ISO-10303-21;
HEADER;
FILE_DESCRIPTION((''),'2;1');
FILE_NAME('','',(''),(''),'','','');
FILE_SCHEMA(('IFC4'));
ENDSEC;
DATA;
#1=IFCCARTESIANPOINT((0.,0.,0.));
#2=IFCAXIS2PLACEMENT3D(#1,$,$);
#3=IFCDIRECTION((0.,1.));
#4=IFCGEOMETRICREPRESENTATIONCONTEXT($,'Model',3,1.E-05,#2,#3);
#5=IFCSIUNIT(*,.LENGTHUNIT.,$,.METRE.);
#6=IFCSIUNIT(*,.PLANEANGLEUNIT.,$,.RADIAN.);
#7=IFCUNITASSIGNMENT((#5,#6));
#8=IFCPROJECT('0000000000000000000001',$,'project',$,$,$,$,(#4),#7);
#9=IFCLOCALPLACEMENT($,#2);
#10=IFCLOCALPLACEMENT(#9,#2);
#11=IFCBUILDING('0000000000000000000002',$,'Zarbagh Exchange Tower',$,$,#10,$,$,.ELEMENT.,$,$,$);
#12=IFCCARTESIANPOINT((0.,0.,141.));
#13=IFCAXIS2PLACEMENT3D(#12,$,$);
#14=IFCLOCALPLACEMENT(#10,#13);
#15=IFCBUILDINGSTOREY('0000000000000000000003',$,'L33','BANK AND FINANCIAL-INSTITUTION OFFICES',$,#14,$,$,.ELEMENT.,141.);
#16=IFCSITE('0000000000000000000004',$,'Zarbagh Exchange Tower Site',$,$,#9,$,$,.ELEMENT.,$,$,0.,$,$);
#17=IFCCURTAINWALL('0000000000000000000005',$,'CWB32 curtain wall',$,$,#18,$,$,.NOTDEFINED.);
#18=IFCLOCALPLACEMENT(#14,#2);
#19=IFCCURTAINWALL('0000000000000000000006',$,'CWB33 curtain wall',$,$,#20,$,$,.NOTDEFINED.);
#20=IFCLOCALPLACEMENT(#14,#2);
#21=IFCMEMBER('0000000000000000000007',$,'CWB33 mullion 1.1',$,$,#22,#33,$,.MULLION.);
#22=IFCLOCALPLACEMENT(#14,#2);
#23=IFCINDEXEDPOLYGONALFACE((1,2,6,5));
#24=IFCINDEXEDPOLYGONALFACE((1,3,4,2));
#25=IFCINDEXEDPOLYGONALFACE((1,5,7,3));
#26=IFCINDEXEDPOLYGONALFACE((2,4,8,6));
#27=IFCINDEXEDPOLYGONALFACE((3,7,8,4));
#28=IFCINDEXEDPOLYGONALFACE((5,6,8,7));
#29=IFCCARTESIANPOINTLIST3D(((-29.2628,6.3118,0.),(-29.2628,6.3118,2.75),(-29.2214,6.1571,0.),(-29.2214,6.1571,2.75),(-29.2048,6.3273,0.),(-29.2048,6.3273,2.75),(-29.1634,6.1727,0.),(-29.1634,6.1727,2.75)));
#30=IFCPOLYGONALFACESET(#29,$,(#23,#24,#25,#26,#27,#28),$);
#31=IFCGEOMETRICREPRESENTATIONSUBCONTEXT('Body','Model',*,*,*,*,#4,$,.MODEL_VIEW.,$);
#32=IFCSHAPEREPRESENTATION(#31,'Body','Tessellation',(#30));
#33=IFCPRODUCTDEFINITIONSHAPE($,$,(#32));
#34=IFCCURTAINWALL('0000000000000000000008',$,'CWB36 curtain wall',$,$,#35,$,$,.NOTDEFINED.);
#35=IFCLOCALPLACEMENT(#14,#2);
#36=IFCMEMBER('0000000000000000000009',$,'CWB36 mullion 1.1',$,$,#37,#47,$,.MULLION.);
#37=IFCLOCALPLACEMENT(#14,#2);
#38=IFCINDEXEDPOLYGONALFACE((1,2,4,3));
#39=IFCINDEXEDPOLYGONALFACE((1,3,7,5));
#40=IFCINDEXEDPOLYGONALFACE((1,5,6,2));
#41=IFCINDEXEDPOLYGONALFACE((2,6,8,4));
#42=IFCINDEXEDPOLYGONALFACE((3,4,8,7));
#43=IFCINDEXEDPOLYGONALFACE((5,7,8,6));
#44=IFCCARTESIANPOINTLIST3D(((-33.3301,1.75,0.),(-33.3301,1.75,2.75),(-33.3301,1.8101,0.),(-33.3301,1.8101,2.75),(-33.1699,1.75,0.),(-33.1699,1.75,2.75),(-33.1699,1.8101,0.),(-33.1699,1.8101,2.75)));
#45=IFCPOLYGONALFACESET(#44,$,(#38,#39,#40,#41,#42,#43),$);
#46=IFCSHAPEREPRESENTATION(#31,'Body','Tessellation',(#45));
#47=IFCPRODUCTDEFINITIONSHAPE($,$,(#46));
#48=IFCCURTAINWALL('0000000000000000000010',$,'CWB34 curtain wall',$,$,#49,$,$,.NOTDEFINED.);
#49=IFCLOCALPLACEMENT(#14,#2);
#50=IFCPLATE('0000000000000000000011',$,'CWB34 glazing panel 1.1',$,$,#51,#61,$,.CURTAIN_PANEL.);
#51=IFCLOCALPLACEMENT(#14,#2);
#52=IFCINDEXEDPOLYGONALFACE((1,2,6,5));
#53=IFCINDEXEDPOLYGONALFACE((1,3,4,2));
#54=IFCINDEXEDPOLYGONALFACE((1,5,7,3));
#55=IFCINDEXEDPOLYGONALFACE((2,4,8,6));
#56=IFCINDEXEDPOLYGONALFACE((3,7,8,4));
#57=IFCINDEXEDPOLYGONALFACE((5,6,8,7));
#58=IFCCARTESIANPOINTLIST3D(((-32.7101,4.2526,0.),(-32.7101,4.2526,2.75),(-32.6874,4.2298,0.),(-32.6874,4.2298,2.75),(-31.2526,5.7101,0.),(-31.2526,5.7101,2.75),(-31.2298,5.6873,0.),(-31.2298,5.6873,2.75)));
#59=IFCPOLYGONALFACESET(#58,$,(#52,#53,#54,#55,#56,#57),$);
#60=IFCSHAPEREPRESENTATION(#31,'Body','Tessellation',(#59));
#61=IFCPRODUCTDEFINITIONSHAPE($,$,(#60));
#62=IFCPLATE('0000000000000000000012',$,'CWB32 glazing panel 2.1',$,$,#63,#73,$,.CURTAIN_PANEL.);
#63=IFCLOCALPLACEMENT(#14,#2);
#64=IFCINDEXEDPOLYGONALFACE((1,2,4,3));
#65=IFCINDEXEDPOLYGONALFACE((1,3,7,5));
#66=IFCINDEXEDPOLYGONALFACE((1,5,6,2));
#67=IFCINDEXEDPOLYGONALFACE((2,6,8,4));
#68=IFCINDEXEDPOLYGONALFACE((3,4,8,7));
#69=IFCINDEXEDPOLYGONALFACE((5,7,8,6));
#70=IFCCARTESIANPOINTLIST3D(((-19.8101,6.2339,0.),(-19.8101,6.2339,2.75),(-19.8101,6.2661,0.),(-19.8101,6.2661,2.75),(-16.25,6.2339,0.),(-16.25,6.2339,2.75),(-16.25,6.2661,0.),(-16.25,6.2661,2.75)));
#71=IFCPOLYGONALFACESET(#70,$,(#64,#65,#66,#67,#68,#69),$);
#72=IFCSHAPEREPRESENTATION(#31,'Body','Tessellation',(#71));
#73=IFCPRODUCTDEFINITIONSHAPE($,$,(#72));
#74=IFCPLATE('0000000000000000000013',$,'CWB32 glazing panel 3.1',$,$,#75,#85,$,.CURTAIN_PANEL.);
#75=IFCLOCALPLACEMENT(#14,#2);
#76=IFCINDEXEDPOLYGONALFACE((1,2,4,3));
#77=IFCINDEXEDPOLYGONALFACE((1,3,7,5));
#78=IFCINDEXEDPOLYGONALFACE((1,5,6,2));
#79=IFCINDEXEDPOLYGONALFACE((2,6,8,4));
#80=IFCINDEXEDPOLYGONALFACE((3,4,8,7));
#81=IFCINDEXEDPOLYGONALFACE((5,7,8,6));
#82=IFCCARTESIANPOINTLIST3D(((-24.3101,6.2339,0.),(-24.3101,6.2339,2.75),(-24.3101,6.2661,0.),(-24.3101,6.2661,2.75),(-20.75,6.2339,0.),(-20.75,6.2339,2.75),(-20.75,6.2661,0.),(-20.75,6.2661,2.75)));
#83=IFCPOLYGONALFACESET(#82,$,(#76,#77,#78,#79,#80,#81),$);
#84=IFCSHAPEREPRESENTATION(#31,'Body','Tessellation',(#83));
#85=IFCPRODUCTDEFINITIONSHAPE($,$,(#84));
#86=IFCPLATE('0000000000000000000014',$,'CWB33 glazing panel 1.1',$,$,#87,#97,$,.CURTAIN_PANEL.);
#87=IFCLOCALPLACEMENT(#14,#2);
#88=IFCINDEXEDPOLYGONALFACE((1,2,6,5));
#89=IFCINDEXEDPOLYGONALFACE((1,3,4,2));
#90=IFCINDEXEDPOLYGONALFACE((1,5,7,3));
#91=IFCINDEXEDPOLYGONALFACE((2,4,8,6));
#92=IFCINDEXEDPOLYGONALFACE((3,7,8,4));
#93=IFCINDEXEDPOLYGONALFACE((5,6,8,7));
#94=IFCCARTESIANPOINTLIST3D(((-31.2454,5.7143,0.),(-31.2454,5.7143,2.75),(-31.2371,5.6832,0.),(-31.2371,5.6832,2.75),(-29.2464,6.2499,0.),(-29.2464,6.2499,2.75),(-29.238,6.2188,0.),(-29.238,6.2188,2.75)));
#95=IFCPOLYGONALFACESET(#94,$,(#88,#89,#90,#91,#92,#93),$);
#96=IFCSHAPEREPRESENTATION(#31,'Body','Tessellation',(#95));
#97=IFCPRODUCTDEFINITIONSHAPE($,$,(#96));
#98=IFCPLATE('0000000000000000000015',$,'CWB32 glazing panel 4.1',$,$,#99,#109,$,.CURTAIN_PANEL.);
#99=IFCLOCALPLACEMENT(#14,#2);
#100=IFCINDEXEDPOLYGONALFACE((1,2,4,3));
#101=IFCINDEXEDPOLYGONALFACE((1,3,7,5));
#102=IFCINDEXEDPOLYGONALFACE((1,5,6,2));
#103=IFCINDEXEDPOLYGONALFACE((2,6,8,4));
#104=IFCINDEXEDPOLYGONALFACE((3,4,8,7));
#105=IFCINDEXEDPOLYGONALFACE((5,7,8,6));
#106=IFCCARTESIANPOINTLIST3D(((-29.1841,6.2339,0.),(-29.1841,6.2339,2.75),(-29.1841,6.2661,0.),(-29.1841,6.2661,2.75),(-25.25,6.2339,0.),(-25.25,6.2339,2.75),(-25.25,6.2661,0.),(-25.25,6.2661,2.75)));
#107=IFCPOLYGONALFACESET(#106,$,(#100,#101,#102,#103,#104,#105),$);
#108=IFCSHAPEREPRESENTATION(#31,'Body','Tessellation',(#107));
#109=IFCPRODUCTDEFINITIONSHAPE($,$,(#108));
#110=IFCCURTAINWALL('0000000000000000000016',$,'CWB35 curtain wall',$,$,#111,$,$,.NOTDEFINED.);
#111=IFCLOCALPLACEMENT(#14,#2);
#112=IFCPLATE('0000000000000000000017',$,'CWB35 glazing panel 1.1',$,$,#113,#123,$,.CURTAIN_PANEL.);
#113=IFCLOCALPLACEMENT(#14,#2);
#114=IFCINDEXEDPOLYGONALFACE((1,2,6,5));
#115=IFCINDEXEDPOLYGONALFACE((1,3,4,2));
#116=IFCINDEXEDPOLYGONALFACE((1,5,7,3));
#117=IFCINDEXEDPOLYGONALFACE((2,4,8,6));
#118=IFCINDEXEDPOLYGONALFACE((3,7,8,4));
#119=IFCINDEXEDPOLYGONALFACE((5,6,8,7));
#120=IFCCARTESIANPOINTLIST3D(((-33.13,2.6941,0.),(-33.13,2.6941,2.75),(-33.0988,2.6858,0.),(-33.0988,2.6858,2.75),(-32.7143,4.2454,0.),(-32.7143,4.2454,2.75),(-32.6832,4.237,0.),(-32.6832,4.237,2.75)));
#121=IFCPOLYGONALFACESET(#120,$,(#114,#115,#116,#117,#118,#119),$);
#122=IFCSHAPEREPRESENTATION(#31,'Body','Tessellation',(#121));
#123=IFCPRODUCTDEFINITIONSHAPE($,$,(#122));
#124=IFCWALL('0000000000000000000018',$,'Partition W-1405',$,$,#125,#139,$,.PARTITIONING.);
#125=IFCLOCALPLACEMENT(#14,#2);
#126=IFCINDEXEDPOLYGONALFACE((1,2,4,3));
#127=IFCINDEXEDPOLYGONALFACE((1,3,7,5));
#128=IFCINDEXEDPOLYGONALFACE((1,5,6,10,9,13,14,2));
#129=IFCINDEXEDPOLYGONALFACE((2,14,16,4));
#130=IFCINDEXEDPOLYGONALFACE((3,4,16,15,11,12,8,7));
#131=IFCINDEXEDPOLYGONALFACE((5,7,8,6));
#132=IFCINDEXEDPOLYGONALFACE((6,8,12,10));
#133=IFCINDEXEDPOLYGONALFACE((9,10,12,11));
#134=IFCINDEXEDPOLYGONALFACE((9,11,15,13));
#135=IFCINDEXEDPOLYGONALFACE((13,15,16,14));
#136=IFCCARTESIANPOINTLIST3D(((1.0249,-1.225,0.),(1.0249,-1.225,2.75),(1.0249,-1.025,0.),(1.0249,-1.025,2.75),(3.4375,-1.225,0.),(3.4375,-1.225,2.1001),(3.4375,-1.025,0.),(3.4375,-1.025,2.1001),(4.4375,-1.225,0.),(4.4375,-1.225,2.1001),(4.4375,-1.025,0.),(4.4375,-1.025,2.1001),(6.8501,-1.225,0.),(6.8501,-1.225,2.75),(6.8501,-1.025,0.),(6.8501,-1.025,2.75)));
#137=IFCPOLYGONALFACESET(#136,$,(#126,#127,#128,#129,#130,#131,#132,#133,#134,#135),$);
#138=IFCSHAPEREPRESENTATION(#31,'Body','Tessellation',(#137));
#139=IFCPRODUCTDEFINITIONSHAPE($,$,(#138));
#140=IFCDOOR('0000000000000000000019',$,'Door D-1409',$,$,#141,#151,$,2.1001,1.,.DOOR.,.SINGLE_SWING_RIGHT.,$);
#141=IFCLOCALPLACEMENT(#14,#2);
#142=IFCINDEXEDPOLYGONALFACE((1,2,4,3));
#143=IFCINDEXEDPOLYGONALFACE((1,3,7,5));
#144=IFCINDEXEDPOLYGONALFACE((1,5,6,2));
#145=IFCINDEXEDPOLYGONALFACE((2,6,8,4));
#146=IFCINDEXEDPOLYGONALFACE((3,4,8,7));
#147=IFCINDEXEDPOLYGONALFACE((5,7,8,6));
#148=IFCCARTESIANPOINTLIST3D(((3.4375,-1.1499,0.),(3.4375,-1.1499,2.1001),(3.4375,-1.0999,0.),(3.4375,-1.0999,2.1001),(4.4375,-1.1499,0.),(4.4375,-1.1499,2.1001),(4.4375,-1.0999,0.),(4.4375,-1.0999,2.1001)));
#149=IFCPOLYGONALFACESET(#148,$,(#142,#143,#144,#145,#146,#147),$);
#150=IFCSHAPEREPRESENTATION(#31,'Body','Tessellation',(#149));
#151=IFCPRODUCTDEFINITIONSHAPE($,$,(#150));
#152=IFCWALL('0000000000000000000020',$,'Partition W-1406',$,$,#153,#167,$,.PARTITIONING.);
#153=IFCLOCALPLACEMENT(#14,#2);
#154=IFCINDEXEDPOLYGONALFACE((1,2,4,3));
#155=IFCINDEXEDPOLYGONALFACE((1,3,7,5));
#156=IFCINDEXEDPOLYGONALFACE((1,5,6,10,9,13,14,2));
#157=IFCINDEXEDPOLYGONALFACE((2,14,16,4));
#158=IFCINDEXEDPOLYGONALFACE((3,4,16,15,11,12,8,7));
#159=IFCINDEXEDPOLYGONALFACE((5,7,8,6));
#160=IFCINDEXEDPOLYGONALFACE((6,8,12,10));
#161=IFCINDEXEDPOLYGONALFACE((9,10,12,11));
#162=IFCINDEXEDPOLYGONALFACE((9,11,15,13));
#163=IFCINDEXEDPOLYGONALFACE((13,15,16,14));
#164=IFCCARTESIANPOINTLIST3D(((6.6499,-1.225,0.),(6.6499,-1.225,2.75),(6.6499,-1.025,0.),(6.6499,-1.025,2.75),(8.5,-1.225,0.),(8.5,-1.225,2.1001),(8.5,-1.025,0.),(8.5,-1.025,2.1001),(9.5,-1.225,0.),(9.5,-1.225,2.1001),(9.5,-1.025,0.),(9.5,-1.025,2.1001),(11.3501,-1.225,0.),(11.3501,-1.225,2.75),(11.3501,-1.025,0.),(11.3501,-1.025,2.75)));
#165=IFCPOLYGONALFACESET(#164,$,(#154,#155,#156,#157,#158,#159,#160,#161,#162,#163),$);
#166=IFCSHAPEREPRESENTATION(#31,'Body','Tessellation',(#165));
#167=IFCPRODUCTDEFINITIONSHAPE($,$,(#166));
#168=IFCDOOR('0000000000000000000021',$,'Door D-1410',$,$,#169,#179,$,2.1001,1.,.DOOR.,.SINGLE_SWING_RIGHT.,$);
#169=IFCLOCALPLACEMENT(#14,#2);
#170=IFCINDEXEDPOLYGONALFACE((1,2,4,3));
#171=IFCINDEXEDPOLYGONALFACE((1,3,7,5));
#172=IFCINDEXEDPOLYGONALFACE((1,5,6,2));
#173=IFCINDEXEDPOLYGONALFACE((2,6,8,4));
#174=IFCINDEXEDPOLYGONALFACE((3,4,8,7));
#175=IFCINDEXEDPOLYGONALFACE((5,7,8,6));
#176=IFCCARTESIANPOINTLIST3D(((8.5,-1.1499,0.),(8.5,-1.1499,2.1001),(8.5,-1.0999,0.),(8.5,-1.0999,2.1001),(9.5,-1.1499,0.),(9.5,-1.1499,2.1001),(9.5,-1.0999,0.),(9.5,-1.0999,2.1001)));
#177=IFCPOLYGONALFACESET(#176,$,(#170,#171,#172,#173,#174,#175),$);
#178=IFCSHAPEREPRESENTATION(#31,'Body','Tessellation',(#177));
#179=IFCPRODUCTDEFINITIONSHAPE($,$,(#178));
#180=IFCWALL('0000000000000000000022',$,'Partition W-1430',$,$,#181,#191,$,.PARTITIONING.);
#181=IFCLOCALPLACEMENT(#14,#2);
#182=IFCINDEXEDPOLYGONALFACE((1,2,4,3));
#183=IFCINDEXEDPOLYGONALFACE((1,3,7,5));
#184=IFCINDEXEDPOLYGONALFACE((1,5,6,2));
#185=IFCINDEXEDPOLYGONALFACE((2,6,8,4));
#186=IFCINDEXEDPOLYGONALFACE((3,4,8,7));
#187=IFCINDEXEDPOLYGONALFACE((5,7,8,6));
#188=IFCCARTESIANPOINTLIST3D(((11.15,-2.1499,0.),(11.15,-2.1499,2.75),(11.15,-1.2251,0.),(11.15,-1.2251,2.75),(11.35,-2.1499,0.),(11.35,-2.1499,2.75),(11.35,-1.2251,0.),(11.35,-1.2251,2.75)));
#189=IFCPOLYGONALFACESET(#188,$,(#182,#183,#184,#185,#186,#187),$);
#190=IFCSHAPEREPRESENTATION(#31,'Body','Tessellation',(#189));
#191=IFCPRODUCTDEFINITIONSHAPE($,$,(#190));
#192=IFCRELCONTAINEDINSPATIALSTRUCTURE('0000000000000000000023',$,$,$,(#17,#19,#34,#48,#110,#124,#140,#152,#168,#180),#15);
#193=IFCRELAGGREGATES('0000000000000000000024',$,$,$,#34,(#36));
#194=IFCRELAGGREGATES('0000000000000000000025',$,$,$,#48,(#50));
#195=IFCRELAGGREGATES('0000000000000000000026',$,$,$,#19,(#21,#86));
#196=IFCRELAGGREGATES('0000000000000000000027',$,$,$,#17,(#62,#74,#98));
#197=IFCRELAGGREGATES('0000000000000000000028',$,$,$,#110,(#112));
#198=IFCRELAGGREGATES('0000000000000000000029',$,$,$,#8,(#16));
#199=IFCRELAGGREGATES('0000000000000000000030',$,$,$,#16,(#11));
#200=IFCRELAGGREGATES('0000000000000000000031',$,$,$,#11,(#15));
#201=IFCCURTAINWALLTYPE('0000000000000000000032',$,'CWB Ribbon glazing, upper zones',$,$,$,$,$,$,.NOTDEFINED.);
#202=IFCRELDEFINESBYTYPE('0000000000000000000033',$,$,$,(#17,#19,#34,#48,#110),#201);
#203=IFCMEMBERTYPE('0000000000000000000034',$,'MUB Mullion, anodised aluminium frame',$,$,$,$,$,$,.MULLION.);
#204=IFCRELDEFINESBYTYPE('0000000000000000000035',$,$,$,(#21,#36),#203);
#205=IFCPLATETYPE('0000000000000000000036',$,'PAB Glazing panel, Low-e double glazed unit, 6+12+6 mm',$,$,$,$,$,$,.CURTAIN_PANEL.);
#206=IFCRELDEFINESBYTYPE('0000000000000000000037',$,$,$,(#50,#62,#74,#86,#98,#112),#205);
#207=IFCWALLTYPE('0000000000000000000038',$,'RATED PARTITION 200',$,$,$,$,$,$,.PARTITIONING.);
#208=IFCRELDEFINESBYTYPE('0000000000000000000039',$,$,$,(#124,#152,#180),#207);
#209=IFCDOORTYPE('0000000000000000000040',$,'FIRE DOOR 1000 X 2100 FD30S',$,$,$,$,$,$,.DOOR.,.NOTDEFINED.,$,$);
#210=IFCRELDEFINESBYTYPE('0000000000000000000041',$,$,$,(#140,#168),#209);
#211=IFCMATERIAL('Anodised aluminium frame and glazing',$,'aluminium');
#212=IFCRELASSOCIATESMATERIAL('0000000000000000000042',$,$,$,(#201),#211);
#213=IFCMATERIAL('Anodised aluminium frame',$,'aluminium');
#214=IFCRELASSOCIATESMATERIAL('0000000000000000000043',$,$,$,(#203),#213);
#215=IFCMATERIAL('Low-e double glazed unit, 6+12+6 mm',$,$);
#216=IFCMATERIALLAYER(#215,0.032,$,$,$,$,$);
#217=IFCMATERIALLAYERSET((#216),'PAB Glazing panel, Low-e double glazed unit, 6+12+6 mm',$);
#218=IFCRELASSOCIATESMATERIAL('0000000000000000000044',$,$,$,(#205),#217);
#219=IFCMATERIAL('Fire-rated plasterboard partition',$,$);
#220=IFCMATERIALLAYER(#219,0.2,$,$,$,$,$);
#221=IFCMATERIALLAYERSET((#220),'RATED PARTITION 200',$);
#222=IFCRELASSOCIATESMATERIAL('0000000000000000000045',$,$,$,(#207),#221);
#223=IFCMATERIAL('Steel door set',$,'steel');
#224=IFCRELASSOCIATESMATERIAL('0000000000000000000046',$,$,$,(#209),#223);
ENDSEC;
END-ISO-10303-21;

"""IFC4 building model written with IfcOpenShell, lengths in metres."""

from ifc_helpers import new_model, si_unit, direction, frame, frame_2d, origin, place, context, subcontext, project, spatial, polyline, rectangle, outline, extrude, source, transform, mapped, material, layer, layer_set, type_object, element, fill, aggregate, save


model = new_model("IFC4")

# Units and contexts
model_context = context("Model", 3, precision=1e-05, world=origin(), true_north=direction((0.0, 1.0)))
body_context = subcontext(model_context, "Body", "Model", "MODEL_VIEW")
ifc_project = project(units=[si_unit("LENGTHUNIT", "METRE"), si_unit("PLANEANGLEUNIT", "RADIAN")], contexts=[model_context])

# Site, building, storey
site_placement = place(None, origin())
site = spatial("IfcSite", under=ifc_project, at=site_placement, Name="Zarbagh Exchange Tower Site", CompositionType="ELEMENT", RefElevation=0.0)
building_placement = place(site_placement, origin())
building = spatial("IfcBuilding", under=site, at=building_placement, Name="Zarbagh Exchange Tower", CompositionType="ELEMENT")
storey_placement = place(building_placement, frame((0.0, 0.0, 141.0)))
storey = spatial("IfcBuildingStorey", under=building, at=storey_placement, Name="L33", Description="BANK AND FINANCIAL-INSTITUTION OFFICES", CompositionType="ELEMENT", Elevation=141.0)

# Curtain wall
ifc_material_1 = material(Name="Anodised aluminium frame and glazing", Category="aluminium")
curtain_wall_type = type_object("IfcCurtainWallType", Name="CWB Ribbon glazing, upper zones", PredefinedType="NOTDEFINED", material=ifc_material_1)
curtain_wall_1_placement = place(storey_placement, origin())
curtain_wall_1 = element("IfcCurtainWall", 1, at=curtain_wall_1_placement, inside=storey, type_object=curtain_wall_type, Name="CWB32 curtain wall", PredefinedType="NOTDEFINED")
ifc_material_2 = material(Name="Anodised aluminium frame", Category="aluminium")
member_type = type_object("IfcMemberType", Name="MUB Mullion, anodised aluminium frame", PredefinedType="MULLION", material=ifc_material_2)
shared_shape_1 = source(origin(), body_context, "Body", "SweptSolid", [
    extrude(outline(polyline([(0.0, -0.0801), (0.0601, -0.0801), (0.0601, 0.0801), (0.0, 0.0801), (0.0, -0.0801)])), origin(), (0.0, 0.0, 1.0), 2.75),
])
placement = place(storey_placement, origin())

# Curtain walls, members
curtain_wall_2_placement = place(storey_placement, origin())
curtain_wall_2 = element("IfcCurtainWall", 2, at=curtain_wall_2_placement, inside=storey, type_object=curtain_wall_type, Name="CWB33 curtain wall", PredefinedType="NOTDEFINED")
member_1 = element("IfcMember", 3, at=placement, type_object=member_type, Name="CWB33 mullion 1.1", PredefinedType="MULLION", context=body_context, shape_type="MappedRepresentation", body=[
    mapped(shared_shape_1, transform((-29.1841, 6.25, 0.0), x_axis=(-0.965924, -0.258825, 0.0), y_axis=(0.258825, -0.965924, 0.0), z_axis=(0.0, 0.0, 1.0))),
])
curtain_wall_3_placement = place(storey_placement, origin())
curtain_wall_3 = element("IfcCurtainWall", 4, at=curtain_wall_3_placement, inside=storey, type_object=curtain_wall_type, Name="CWB36 curtain wall", PredefinedType="NOTDEFINED")
member_2 = element("IfcMember", 5, at=placement, type_object=member_type, Name="CWB36 mullion 1.1", PredefinedType="MULLION", context=body_context, shape_type="MappedRepresentation", body=[
    mapped(shared_shape_1, transform((-33.25, 1.8101, 0.0), x_axis=(0.0, -1.0, 0.0), y_axis=(1.0, 0.0, 0.0), z_axis=(0.0, 0.0, 1.0))),
])
aggregate(curtain_wall_3, [member_2])

# Curtain wall, plate
curtain_wall_4_placement = place(storey_placement, origin())
curtain_wall_4 = element("IfcCurtainWall", 6, at=curtain_wall_4_placement, inside=storey, type_object=curtain_wall_type, Name="CWB34 curtain wall", PredefinedType="NOTDEFINED")
ifc_material_3 = material(Name="Low-e double glazed unit, 6+12+6 mm")
ifc_layer_1 = layer(ifc_material_3, 0.032)
ifc_layer_set_1 = layer_set([ifc_layer_1], Name="PAB Glazing panel, Low-e double glazed unit, 6+12+6 mm")
plate_type = type_object("IfcPlateType", Name="PAB Glazing panel, Low-e double glazed unit, 6+12+6 mm", PredefinedType="CURTAIN_PANEL", material=ifc_layer_set_1)
shared_shape_2 = source(origin(), body_context, "Body", "SweptSolid", [
    extrude(outline(polyline([(0.0, -0.0161), (2.0613, -0.0161), (2.0613, 0.0161), (0.0, 0.0161), (0.0, -0.0161)])), origin(), (0.0, 0.0, 1.0), 2.75),
])
plate_1 = element("IfcPlate", 7, at=placement, type_object=plate_type, Name="CWB34 glazing panel 1.1", PredefinedType="CURTAIN_PANEL", context=body_context, shape_type="MappedRepresentation", body=[
    mapped(shared_shape_2, transform((-31.2412, 5.6987, 0.0), x_axis=(-0.707107, -0.707107, 0.0), y_axis=(0.707107, -0.707107, 0.0), z_axis=(0.0, 0.0, 1.0))),
])
aggregate(curtain_wall_4, [plate_1])

# Plates
shared_shape_3 = source(origin(), body_context, "Body", "SweptSolid", [
    extrude(outline(polyline([(0.0, -0.0161), (3.5601, -0.0161), (3.5601, 0.0161), (0.0, 0.0161), (0.0, -0.0161)])), origin(), (0.0, 0.0, 1.0), 2.75),
])
plate_2 = element("IfcPlate", 8, at=placement, type_object=plate_type, Name="CWB32 glazing panel 2.1", PredefinedType="CURTAIN_PANEL", context=body_context, shape_type="MappedRepresentation", body=[
    mapped(shared_shape_3, transform((-16.25, 6.25, 0.0), x_axis=(-1.0, 0.0, 0.0), y_axis=(0.0, -1.0, 0.0), z_axis=(0.0, 0.0, 1.0))),
])
plate_3 = element("IfcPlate", 9, at=placement, type_object=plate_type, Name="CWB32 glazing panel 3.1", PredefinedType="CURTAIN_PANEL", context=body_context, shape_type="MappedRepresentation", body=[
    mapped(shared_shape_3, transform((-20.75, 6.25, 0.0), x_axis=(-1.0, 0.0, 0.0), y_axis=(0.0, -1.0, 0.0), z_axis=(0.0, 0.0, 1.0))),
])
shared_shape_4 = source(origin(), body_context, "Body", "SweptSolid", [
    extrude(outline(polyline([(0.0, -0.0161), (2.0696, -0.0161), (2.0696, 0.0161), (0.0, 0.0161), (0.0, -0.0161)])), origin(), (0.0, 0.0, 1.0), 2.75),
])
plate_4 = element("IfcPlate", 10, at=placement, type_object=plate_type, Name="CWB33 glazing panel 1.1", PredefinedType="CURTAIN_PANEL", context=body_context, shape_type="MappedRepresentation", body=[
    mapped(shared_shape_4, transform((-29.2422, 6.2344, 0.0), x_axis=(-0.965924, -0.258825, 0.0), y_axis=(0.258825, -0.965924, 0.0), z_axis=(0.0, 0.0, 1.0))),
])
aggregate(curtain_wall_2, [member_1, plate_4])
shared_shape_5 = source(origin(), body_context, "Body", "SweptSolid", [
    extrude(outline(polyline([(0.0, -0.0161), (3.9341, -0.0161), (3.9341, 0.0161), (0.0, 0.0161), (0.0, -0.0161)])), origin(), (0.0, 0.0, 1.0), 2.75),
])
plate_5 = element("IfcPlate", 11, at=placement, type_object=plate_type, Name="CWB32 glazing panel 4.1", PredefinedType="CURTAIN_PANEL", context=body_context, shape_type="MappedRepresentation", body=[
    mapped(shared_shape_5, transform((-25.25, 6.25, 0.0), x_axis=(-1.0, 0.0, 0.0), y_axis=(0.0, -1.0, 0.0), z_axis=(0.0, 0.0, 1.0))),
])
aggregate(curtain_wall_1, [plate_2, plate_3, plate_5])

# Curtain wall, plate
curtain_wall_5_placement = place(storey_placement, origin())
curtain_wall_5 = element("IfcCurtainWall", 12, at=curtain_wall_5_placement, inside=storey, type_object=curtain_wall_type, Name="CWB35 curtain wall", PredefinedType="NOTDEFINED")
shared_shape_6 = source(origin(), body_context, "Body", "SweptSolid", [
    extrude(outline(polyline([(0.0, -0.0161), (1.606, -0.0161), (1.606, 0.0161), (0.0, 0.0161), (0.0, -0.0161)])), origin(), (0.0, 0.0, 1.0), 2.75),
])
plate_6 = element("IfcPlate", 13, at=placement, type_object=plate_type, Name="CWB35 glazing panel 1.1", PredefinedType="CURTAIN_PANEL", context=body_context, shape_type="MappedRepresentation", body=[
    mapped(shared_shape_6, transform((-32.6987, 4.2412, 0.0), x_axis=(-0.258825, -0.965924, 0.0), y_axis=(0.965924, -0.258825, 0.0), z_axis=(0.0, 0.0, 1.0))),
])
aggregate(curtain_wall_5, [plate_6])

# Walls, openings, doors
ifc_material_4 = material(Name="Fire-rated plasterboard partition")
ifc_layer_2 = layer(ifc_material_4, 0.2)
ifc_layer_set_2 = layer_set([ifc_layer_2], Name="RATED PARTITION 200")
wall_type = type_object("IfcWallType", Name="RATED PARTITION 200", PredefinedType="PARTITIONING", material=ifc_layer_set_2)
wall_1_placement = place(storey_placement, frame((6.8501, -1.125, 0.0), z_axis=(0.0, 0.0, 1.0), x_axis=(-1.0, 0.0, 0.0)))
wall_1 = element("IfcWall", 14, at=wall_1_placement, inside=storey, type_object=wall_type, Name="Partition W-1405", PredefinedType="PARTITIONING", context=body_context, shape_type="SweptSolid", body=[
    extrude(rectangle(XDim=5.8252, YDim=0.2, at=frame_2d((2.9126, 0.0))), origin(), (0.0, 0.0, 1.0), 2.75),
])
opening_1_placement = place(wall_1_placement, frame((2.4126, 0.0, 0.0)))
opening_1 = element("IfcOpeningElement", 15, at=opening_1_placement, cuts=wall_1, PredefinedType="OPENING", context=body_context, shape_type="SweptSolid", body=[
    extrude(rectangle(XDim=1.0, YDim=2.1001, at=frame_2d((0.5, 1.05))), frame((0.0, 0.1099, 0.0), z_axis=(0.0, -1.0, 0.0), x_axis=(1.0, 0.0, 0.0)), (0.0, 0.0, 1.0), 0.22),
])
ifc_material_5 = material(Name="Steel door set", Category="steel")
door_type = type_object("IfcDoorType", Name="FIRE DOOR 1000 X 2100 FD30S", OperationType="NOTDEFINED", PredefinedType="DOOR", material=ifc_material_5)
door_1_placement = place(opening_1_placement, origin())
door_1 = element("IfcDoor", 16, at=door_1_placement, inside=storey, type_object=door_type, Name="Door D-1409", OperationType="SINGLE_SWING_RIGHT", OverallHeight=2.1001, OverallWidth=1.0, PredefinedType="DOOR", context=body_context, shape_type="SweptSolid", body=[
    extrude(rectangle(XDim=1.0, YDim=2.1001, at=frame_2d((0.5, 1.05))), frame((0.0, 0.0249, 0.0), z_axis=(0.0, -1.0, 0.0), x_axis=(1.0, 0.0, 0.0)), (0.0, 0.0, 1.0), 0.05),
])
fill(opening_1, door_1)
wall_2_placement = place(storey_placement, frame((11.3501, -1.125, 0.0), z_axis=(0.0, 0.0, 1.0), x_axis=(-1.0, 0.0, 0.0)))
wall_2 = element("IfcWall", 17, at=wall_2_placement, inside=storey, type_object=wall_type, Name="Partition W-1406", PredefinedType="PARTITIONING", context=body_context, shape_type="SweptSolid", body=[
    extrude(rectangle(XDim=4.7002, YDim=0.2, at=frame_2d((2.3501, 0.0))), origin(), (0.0, 0.0, 1.0), 2.75),
])
opening_2_placement = place(wall_2_placement, frame((1.8501, 0.0, 0.0)))
opening_2 = element("IfcOpeningElement", 18, at=opening_2_placement, cuts=wall_2, PredefinedType="OPENING", context=body_context, shape_type="SweptSolid", body=[
    extrude(rectangle(XDim=1.0, YDim=2.1001, at=frame_2d((0.5, 1.05))), frame((0.0, 0.1099, 0.0), z_axis=(0.0, -1.0, 0.0), x_axis=(1.0, 0.0, 0.0)), (0.0, 0.0, 1.0), 0.22),
])
door_2_placement = place(opening_2_placement, origin())
door_2 = element("IfcDoor", 19, at=door_2_placement, inside=storey, type_object=door_type, Name="Door D-1410", OperationType="SINGLE_SWING_RIGHT", OverallHeight=2.1001, OverallWidth=1.0, PredefinedType="DOOR", context=body_context, shape_type="SweptSolid", body=[
    extrude(rectangle(XDim=1.0, YDim=2.1001, at=frame_2d((0.5, 1.05))), frame((0.0, 0.0249, 0.0), z_axis=(0.0, -1.0, 0.0), x_axis=(1.0, 0.0, 0.0)), (0.0, 0.0, 1.0), 0.05),
])
fill(opening_2, door_2)

# Wall
wall_3_placement = place(storey_placement, frame((11.25, -2.1499, 0.0), z_axis=(0.0, 0.0, 1.0), x_axis=(0.0, 1.0, 0.0)))
element("IfcWall", 20, at=wall_3_placement, inside=storey, type_object=wall_type, Name="Partition W-1430", PredefinedType="PARTITIONING", context=body_context, shape_type="SweptSolid", body=[
    extrude(rectangle(XDim=0.9248, YDim=0.2, at=frame_2d((0.4624, 0.0))), origin(), (0.0, 0.0, 1.0), 2.75),
])

save(model, "model.ifc")
